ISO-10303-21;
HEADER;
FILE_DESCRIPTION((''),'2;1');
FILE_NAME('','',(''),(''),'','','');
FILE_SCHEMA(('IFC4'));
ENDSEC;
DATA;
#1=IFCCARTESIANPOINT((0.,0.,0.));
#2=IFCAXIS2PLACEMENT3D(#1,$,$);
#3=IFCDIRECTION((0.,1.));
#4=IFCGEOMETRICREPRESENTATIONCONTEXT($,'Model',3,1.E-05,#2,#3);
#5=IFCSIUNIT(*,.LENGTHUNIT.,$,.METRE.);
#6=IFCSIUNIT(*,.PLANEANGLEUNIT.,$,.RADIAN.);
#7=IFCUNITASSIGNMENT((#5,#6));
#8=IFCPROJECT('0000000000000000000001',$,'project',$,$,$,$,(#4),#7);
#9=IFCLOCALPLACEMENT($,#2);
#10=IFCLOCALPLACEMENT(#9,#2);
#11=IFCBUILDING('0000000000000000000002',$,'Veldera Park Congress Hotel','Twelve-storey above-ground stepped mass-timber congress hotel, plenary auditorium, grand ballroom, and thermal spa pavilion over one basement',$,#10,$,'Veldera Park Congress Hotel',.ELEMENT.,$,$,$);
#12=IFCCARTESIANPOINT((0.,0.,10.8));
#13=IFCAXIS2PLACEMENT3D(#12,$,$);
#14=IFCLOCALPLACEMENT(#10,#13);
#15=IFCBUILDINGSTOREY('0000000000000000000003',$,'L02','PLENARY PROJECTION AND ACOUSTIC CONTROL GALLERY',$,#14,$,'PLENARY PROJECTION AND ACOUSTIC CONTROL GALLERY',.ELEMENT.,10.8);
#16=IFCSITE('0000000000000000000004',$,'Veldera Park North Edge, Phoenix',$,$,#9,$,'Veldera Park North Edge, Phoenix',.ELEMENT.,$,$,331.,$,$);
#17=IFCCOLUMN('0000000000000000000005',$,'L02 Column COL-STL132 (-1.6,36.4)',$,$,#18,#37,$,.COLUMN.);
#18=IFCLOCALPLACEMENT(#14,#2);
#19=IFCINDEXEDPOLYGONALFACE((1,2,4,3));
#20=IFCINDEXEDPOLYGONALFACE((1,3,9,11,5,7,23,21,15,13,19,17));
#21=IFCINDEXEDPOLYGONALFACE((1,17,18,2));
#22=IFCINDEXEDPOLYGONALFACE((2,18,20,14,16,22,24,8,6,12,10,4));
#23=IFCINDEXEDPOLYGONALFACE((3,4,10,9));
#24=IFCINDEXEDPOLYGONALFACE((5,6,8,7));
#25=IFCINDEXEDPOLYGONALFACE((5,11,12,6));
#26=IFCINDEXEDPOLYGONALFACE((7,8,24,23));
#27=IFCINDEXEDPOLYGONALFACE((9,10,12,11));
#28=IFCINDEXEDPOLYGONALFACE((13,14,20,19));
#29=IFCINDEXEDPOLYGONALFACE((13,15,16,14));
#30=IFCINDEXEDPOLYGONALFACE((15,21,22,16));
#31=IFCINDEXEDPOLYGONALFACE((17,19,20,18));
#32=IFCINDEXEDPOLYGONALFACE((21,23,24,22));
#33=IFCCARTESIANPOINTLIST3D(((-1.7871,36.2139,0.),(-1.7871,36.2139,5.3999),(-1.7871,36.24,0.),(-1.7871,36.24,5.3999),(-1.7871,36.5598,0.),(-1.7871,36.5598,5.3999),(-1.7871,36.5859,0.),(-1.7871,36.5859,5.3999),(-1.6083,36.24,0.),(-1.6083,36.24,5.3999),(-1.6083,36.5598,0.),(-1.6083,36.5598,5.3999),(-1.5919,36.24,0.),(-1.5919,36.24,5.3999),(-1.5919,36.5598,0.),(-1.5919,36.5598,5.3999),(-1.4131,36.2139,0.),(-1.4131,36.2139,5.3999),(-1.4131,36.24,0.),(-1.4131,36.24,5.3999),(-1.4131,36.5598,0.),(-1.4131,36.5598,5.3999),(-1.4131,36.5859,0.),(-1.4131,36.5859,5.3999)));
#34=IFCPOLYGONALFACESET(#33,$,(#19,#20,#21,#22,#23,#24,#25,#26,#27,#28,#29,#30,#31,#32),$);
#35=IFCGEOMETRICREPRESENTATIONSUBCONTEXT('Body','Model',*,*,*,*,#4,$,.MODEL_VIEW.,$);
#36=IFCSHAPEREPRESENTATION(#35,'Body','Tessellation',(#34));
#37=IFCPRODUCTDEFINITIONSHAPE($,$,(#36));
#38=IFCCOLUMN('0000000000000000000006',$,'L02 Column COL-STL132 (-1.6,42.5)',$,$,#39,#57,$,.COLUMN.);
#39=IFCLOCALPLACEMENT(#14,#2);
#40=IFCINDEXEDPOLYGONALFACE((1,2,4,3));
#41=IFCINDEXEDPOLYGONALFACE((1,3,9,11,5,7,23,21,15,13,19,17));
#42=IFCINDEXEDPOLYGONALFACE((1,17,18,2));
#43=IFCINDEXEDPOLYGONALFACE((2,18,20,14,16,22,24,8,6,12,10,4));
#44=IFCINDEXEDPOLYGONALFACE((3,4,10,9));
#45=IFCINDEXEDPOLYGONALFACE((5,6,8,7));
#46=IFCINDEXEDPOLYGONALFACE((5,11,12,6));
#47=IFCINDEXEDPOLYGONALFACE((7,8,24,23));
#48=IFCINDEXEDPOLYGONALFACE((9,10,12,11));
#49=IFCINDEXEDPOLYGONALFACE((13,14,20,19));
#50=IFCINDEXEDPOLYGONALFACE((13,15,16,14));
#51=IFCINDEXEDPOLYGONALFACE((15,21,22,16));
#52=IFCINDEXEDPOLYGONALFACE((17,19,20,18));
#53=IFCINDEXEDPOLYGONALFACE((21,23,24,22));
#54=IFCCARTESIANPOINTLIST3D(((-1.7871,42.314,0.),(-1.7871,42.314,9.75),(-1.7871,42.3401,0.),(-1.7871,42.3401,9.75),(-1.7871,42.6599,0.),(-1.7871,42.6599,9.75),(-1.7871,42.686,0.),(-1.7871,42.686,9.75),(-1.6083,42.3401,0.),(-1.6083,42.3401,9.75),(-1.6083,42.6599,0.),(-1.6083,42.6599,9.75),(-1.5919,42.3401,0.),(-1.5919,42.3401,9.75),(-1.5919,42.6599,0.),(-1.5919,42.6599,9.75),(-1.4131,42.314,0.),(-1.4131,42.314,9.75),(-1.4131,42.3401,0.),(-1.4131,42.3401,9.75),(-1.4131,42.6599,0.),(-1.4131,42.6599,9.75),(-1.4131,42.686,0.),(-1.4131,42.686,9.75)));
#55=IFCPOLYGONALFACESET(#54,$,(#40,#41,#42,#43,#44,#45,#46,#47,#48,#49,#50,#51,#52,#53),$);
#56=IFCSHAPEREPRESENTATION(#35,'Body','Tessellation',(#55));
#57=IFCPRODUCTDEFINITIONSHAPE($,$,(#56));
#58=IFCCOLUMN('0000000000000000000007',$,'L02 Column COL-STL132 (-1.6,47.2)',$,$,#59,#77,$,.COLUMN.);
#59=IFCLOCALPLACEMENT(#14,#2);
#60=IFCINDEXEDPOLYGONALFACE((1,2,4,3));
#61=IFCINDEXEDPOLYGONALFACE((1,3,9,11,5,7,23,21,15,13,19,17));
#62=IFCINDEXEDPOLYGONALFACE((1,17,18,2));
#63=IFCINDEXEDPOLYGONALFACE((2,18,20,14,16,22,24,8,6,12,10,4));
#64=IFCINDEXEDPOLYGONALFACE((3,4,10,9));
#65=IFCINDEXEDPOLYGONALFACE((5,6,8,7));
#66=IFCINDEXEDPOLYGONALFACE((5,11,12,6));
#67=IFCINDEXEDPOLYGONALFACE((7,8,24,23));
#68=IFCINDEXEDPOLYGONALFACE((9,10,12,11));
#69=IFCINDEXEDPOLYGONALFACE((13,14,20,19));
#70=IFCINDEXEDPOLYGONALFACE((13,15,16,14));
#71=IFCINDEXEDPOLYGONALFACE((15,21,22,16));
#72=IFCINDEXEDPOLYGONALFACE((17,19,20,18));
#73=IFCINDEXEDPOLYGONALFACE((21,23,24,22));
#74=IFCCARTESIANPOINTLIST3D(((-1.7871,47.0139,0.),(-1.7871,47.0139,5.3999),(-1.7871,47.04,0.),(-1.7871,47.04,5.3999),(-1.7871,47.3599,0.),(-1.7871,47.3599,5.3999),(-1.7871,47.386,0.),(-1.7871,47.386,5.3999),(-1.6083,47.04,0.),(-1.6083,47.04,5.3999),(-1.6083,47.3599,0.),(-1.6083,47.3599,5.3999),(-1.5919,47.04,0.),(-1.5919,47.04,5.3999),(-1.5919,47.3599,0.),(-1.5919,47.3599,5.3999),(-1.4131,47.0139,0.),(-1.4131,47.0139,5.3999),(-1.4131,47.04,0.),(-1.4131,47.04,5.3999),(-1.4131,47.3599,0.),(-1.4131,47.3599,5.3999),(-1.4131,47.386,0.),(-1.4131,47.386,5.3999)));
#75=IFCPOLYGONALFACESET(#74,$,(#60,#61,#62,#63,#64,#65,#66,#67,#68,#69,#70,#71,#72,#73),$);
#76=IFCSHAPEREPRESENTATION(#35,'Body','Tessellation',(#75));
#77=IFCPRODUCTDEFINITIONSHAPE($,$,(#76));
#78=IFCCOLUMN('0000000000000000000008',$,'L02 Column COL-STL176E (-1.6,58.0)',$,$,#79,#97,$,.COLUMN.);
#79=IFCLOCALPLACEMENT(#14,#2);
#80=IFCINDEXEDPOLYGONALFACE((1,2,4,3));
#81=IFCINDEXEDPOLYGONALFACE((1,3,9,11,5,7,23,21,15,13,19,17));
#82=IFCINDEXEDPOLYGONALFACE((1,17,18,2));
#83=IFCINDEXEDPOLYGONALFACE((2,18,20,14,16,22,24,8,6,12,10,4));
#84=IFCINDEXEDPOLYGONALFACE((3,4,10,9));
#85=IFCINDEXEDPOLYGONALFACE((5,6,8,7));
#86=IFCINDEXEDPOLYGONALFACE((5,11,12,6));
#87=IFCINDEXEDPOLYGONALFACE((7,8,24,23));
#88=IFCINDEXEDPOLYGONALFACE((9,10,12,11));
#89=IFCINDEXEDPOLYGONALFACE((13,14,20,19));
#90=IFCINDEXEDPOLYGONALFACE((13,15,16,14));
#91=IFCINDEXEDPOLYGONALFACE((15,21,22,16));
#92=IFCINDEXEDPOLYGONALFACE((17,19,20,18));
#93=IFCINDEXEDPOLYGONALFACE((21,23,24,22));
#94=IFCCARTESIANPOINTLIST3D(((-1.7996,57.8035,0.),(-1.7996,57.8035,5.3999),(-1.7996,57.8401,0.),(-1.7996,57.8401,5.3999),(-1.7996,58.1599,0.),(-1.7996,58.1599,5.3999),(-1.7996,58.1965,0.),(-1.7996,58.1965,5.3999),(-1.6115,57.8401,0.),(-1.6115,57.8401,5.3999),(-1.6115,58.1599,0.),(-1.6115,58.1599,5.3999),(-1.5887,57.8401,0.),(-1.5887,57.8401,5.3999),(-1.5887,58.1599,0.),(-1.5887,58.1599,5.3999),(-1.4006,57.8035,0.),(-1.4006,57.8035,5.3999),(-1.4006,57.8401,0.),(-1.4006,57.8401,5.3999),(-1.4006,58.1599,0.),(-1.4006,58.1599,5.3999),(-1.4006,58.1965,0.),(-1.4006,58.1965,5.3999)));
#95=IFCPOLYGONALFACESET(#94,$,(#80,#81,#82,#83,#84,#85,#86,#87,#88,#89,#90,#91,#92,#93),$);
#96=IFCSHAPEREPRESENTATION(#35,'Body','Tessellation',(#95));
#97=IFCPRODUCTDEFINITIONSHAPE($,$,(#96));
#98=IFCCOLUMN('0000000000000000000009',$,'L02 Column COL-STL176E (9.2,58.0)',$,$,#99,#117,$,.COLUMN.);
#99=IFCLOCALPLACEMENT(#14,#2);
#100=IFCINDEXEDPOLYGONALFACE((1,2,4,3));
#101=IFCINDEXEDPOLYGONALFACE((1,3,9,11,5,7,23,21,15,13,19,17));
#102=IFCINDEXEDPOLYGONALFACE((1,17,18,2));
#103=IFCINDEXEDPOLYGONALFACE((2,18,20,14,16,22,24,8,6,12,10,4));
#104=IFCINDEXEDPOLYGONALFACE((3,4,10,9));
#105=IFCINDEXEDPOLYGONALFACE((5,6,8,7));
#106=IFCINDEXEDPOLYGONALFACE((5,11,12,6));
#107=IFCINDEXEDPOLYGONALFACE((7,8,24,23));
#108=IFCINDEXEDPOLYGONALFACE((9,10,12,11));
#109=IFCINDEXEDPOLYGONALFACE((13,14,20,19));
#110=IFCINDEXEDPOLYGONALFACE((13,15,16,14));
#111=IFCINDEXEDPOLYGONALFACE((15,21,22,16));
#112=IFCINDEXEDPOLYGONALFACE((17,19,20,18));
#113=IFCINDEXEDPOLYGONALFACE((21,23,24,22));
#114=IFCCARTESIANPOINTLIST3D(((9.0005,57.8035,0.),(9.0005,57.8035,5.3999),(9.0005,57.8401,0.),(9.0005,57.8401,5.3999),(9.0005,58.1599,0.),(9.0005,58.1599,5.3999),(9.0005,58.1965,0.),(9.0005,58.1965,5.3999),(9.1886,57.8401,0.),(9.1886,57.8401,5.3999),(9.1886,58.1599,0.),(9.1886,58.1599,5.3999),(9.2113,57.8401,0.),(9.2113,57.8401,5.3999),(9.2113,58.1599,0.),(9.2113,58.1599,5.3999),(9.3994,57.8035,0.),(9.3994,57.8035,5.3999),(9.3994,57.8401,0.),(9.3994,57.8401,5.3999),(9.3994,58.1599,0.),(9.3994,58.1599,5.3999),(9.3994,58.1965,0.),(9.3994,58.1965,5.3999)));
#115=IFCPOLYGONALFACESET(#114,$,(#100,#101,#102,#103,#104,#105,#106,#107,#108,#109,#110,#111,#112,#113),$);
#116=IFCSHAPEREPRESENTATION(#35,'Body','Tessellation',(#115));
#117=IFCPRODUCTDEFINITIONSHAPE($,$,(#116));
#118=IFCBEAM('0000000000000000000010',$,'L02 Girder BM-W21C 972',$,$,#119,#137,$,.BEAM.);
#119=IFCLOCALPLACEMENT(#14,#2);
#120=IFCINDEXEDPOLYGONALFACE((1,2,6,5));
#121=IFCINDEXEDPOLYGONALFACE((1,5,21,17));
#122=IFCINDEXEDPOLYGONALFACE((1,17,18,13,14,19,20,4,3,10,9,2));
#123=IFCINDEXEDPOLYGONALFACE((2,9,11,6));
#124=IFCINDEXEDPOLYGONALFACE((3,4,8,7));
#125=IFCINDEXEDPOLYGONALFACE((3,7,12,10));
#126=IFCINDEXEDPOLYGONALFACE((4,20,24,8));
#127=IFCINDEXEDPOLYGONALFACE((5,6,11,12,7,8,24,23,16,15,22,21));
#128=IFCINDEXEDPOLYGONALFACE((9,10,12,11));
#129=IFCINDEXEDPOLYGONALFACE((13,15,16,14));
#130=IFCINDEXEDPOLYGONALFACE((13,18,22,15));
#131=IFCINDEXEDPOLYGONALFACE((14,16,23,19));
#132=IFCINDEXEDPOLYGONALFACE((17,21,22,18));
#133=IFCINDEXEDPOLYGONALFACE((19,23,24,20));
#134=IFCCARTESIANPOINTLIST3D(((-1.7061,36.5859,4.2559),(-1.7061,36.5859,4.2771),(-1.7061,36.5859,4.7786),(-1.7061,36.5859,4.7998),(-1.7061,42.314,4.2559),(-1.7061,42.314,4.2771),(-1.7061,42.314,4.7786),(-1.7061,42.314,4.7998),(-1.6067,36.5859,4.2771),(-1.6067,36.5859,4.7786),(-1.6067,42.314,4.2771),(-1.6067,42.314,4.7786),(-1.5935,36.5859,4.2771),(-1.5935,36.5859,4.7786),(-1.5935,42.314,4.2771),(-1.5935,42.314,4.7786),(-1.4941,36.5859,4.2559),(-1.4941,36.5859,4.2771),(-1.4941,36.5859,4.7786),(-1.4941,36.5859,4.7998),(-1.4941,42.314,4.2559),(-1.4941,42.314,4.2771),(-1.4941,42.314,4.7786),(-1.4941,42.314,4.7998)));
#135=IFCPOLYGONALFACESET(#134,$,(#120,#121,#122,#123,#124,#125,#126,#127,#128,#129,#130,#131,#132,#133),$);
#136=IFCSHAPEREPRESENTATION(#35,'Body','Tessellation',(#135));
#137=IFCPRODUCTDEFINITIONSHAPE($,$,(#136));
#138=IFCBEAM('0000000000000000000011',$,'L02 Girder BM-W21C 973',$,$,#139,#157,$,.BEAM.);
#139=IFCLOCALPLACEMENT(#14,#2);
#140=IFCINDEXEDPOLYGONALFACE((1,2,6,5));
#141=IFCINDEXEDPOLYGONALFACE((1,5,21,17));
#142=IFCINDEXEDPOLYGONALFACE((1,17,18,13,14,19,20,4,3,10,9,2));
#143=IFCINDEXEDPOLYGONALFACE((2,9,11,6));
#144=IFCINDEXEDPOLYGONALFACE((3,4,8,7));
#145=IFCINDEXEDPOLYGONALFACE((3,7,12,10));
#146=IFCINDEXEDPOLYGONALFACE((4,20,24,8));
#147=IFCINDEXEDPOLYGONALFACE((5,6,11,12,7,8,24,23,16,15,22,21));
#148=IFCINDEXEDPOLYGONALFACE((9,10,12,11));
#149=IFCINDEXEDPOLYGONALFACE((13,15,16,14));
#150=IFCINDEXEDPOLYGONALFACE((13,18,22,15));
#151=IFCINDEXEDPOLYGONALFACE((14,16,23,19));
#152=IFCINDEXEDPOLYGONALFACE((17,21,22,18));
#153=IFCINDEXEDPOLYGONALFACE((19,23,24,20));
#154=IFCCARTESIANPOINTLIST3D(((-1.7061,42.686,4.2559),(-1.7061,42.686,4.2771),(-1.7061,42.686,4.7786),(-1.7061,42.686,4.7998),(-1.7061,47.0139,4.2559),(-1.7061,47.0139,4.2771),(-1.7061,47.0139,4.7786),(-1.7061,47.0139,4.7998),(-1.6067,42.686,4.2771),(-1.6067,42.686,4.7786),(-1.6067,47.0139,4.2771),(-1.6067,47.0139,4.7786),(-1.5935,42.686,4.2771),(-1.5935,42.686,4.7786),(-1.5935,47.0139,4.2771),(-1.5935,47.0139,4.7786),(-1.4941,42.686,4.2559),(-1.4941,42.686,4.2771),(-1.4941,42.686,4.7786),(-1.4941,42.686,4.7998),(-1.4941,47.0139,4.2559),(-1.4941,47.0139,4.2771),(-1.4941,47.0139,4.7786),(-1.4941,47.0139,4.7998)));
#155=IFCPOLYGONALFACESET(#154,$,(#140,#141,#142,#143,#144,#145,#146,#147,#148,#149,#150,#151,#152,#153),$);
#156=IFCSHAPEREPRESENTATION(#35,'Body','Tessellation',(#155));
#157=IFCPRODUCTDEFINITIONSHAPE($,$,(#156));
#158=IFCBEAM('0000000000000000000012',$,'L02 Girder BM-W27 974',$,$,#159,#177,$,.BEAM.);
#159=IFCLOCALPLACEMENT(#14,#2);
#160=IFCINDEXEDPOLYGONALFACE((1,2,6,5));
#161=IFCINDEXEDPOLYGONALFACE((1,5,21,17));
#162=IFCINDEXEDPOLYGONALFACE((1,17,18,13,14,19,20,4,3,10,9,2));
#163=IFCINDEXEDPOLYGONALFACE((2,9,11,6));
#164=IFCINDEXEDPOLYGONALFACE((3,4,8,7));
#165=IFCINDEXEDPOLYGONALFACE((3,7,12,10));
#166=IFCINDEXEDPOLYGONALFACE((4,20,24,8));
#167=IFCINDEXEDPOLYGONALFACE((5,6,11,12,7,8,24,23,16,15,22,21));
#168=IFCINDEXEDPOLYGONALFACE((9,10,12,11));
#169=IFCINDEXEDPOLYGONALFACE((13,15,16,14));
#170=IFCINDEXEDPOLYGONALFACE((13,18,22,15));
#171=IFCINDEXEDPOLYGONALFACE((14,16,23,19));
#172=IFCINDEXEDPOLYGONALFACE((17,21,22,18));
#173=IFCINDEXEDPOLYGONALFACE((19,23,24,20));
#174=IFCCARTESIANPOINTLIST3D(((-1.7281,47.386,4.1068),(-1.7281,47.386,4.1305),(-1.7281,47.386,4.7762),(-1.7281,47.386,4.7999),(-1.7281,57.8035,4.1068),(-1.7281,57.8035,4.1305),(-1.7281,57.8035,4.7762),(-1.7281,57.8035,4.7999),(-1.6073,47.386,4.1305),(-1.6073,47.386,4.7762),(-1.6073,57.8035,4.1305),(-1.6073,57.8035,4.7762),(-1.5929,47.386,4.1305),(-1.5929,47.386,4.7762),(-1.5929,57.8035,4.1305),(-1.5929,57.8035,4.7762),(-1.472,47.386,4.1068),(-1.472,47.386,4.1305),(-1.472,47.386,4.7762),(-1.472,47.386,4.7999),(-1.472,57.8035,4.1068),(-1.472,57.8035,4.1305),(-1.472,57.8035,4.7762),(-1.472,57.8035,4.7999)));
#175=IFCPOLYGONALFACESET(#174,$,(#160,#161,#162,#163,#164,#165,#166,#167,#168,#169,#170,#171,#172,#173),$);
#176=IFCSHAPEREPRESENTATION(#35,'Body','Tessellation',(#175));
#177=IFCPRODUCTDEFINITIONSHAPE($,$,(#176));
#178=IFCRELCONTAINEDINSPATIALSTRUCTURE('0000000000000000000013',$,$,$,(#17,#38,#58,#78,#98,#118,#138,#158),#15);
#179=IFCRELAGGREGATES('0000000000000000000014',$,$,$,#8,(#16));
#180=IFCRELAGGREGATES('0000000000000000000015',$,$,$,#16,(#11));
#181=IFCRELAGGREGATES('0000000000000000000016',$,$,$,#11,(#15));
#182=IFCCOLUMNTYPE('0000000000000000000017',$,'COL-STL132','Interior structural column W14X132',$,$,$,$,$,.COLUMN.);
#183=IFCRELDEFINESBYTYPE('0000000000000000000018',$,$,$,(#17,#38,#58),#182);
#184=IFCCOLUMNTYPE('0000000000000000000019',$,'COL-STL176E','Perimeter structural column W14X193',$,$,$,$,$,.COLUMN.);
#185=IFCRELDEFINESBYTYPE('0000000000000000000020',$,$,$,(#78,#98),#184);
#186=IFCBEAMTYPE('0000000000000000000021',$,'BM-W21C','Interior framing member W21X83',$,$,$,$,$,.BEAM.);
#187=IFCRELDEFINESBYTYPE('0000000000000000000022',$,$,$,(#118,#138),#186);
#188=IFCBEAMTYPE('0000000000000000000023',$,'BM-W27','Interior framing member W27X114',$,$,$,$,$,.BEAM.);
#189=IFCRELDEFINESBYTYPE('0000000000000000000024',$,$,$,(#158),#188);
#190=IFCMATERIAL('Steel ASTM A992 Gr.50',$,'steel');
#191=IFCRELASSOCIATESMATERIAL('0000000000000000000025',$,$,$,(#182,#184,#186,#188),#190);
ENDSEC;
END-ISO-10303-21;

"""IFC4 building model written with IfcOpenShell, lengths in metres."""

from ifc_helpers import new_model, si_unit, direction, frame, origin, origin_2d, place, context, subcontext, project, spatial, i_section, extrude, material, material_profile, profile_set, type_object, element, save


model = new_model("IFC4")

# Units and contexts
model_context = context("Model", 3, precision=1e-05, world=origin(), true_north=direction((0.0, 1.0)))
body_context = subcontext(model_context, "Body", "Model", "MODEL_VIEW")
ifc_project = project(units=[si_unit("LENGTHUNIT", "METRE"), si_unit("PLANEANGLEUNIT", "RADIAN")], contexts=[model_context])

# Site, building, storey
site_placement = place(None, origin())
site = spatial("IfcSite", under=ifc_project, at=site_placement, Name="Veldera Park North Edge, Phoenix", LongName="Veldera Park North Edge, Phoenix", CompositionType="ELEMENT", RefElevation=331.0)
building_placement = place(site_placement, origin())
building = spatial("IfcBuilding", under=site, at=building_placement, Name="Veldera Park Congress Hotel", Description="Twelve-storey above-ground stepped mass-timber congress hotel, plenary auditorium, grand ballroom, and thermal spa pavilion over one basement", LongName="Veldera Park Congress Hotel", CompositionType="ELEMENT")
storey_placement = place(building_placement, frame((0.0, 0.0, 10.8)))
storey = spatial("IfcBuildingStorey", under=building, at=storey_placement, Name="L02", Description="PLENARY PROJECTION AND ACOUSTIC CONTROL GALLERY", LongName="PLENARY PROJECTION AND ACOUSTIC CONTROL GALLERY", CompositionType="ELEMENT", Elevation=10.8)

# Columns
ifc_material_1 = material(Name="Steel ASTM A992 Gr.50", Category="steel")
ifc_material_profile_1 = material_profile(ifc_material_1, i_section(OverallWidth=0.374, OverallDepth=0.3721, WebThickness=0.0164, FlangeThickness=0.0261, at=origin_2d()), Name="W14X132")
ifc_profile_set_1 = profile_set([ifc_material_profile_1], Name="Steel ASTM A992 Gr.50")
column_type_1 = type_object("IfcColumnType", Name="COL-STL132", Description="Interior structural column W14X132", PredefinedType="COLUMN", material=ifc_profile_set_1)
column_1_placement = place(storey_placement, frame((-1.6001, 36.3999, 0.0), z_axis=(0.0, 0.0, 1.0), x_axis=(1.0, 0.0, 0.0)))
element("IfcColumn", 1, at=column_1_placement, inside=storey, type_object=column_type_1, Name="L02 Column COL-STL132 (-1.6,36.4)", PredefinedType="COLUMN", context=body_context, shape_type="SweptSolid", body=[
    extrude(i_section(OverallWidth=0.374, OverallDepth=0.3721, WebThickness=0.0164, FlangeThickness=0.0261, at=origin_2d()), origin(), (0.0, 0.0, 1.0), 5.3999),
])
column_2_placement = place(storey_placement, frame((-1.6001, 42.5, 0.0), z_axis=(0.0, 0.0, 1.0), x_axis=(1.0, 0.0, 0.0)))
element("IfcColumn", 2, at=column_2_placement, inside=storey, type_object=column_type_1, Name="L02 Column COL-STL132 (-1.6,42.5)", PredefinedType="COLUMN", context=body_context, shape_type="SweptSolid", body=[
    extrude(i_section(OverallWidth=0.374, OverallDepth=0.3721, WebThickness=0.0164, FlangeThickness=0.0261, at=origin_2d()), origin(), (0.0, 0.0, 1.0), 9.75),
])
column_3_placement = place(storey_placement, frame((-1.6001, 47.2, 0.0), z_axis=(0.0, 0.0, 1.0), x_axis=(1.0, 0.0, 0.0)))
element("IfcColumn", 3, at=column_3_placement, inside=storey, type_object=column_type_1, Name="L02 Column COL-STL132 (-1.6,47.2)", PredefinedType="COLUMN", context=body_context, shape_type="SweptSolid", body=[
    extrude(i_section(OverallWidth=0.374, OverallDepth=0.3721, WebThickness=0.0164, FlangeThickness=0.0261, at=origin_2d()), origin(), (0.0, 0.0, 1.0), 5.3999),
])
ifc_material_profile_2 = material_profile(ifc_material_1, i_section(OverallWidth=0.3989, OverallDepth=0.3931, WebThickness=0.0227, FlangeThickness=0.0366, at=origin_2d()), Name="W14X193")
ifc_profile_set_2 = profile_set([ifc_material_profile_2], Name="Steel ASTM A992 Gr.50")
column_type_2 = type_object("IfcColumnType", Name="COL-STL176E", Description="Perimeter structural column W14X193", PredefinedType="COLUMN", material=ifc_profile_set_2)
for number, where, z_axis, x_axis, name in (
    (4, (-1.6001, 58.0, 0.0), (0.0, 0.0, 1.0), (1.0, 0.0, 0.0), "L02 Column COL-STL176E (-1.6,58.0)"),
    (5, (9.2, 58.0, 0.0), (0.0, 0.0, 1.0), (1.0, 0.0, 0.0), "L02 Column COL-STL176E (9.2,58.0)"),
):
    element("IfcColumn", number, at=place(storey_placement, frame(where, z_axis=z_axis, x_axis=x_axis)), inside=storey, type_object=column_type_2, Name=name, PredefinedType="COLUMN", context=body_context, shape_type="SweptSolid", body=[
        extrude(i_section(OverallWidth=0.3989, OverallDepth=0.3931, WebThickness=0.0227, FlangeThickness=0.0366, at=origin_2d()), origin(), (0.0, 0.0, 1.0), 5.3999),
    ])

# Beams
ifc_material_profile_3 = material_profile(ifc_material_1, i_section(OverallWidth=0.2119, OverallDepth=0.5439, WebThickness=0.0132, FlangeThickness=0.0212, at=origin_2d()), Name="W21X83")
ifc_profile_set_3 = profile_set([ifc_material_profile_3], Name="Steel ASTM A992 Gr.50")
beam_type_1 = type_object("IfcBeamType", Name="BM-W21C", Description="Interior framing member W21X83", PredefinedType="BEAM", material=ifc_profile_set_3)
beam_1_placement = place(storey_placement, frame((-1.6001, 36.5859, 4.5278), z_axis=(0.0, 1.0, 0.0), x_axis=(-1.0, 0.0, 0.0)))
element("IfcBeam", 6, at=beam_1_placement, inside=storey, type_object=beam_type_1, Name="L02 Girder BM-W21C 972", PredefinedType="BEAM", context=body_context, shape_type="SweptSolid", body=[
    extrude(i_section(OverallWidth=0.2119, OverallDepth=0.5439, WebThickness=0.0132, FlangeThickness=0.0212, at=origin_2d()), origin(), (0.0, 0.0, 1.0), 5.728),
])
beam_2_placement = place(storey_placement, frame((-1.6001, 42.686, 4.5278), z_axis=(0.0, 1.0, 0.0), x_axis=(-1.0, 0.0, 0.0)))
element("IfcBeam", 7, at=beam_2_placement, inside=storey, type_object=beam_type_1, Name="L02 Girder BM-W21C 973", PredefinedType="BEAM", context=body_context, shape_type="SweptSolid", body=[
    extrude(i_section(OverallWidth=0.2119, OverallDepth=0.5439, WebThickness=0.0132, FlangeThickness=0.0212, at=origin_2d()), origin(), (0.0, 0.0, 1.0), 4.3279),
])
ifc_material_profile_4 = material_profile(ifc_material_1, i_section(OverallWidth=0.2561, OverallDepth=0.6931, WebThickness=0.0144, FlangeThickness=0.0237, at=origin_2d()), Name="W27X114")
ifc_profile_set_4 = profile_set([ifc_material_profile_4], Name="Steel ASTM A992 Gr.50")
beam_type_2 = type_object("IfcBeamType", Name="BM-W27", Description="Interior framing member W27X114", PredefinedType="BEAM", material=ifc_profile_set_4)
beam_3_placement = place(storey_placement, frame((-1.6001, 47.386, 4.4534), z_axis=(0.0, 1.0, 0.0), x_axis=(-1.0, 0.0, 0.0)))
element("IfcBeam", 8, at=beam_3_placement, inside=storey, type_object=beam_type_2, Name="L02 Girder BM-W27 974", PredefinedType="BEAM", context=body_context, shape_type="SweptSolid", body=[
    extrude(i_section(OverallWidth=0.2561, OverallDepth=0.6931, WebThickness=0.0144, FlangeThickness=0.0237, at=origin_2d()), origin(), (0.0, 0.0, 1.0), 10.4175),
])

save(model, "model.ifc")
